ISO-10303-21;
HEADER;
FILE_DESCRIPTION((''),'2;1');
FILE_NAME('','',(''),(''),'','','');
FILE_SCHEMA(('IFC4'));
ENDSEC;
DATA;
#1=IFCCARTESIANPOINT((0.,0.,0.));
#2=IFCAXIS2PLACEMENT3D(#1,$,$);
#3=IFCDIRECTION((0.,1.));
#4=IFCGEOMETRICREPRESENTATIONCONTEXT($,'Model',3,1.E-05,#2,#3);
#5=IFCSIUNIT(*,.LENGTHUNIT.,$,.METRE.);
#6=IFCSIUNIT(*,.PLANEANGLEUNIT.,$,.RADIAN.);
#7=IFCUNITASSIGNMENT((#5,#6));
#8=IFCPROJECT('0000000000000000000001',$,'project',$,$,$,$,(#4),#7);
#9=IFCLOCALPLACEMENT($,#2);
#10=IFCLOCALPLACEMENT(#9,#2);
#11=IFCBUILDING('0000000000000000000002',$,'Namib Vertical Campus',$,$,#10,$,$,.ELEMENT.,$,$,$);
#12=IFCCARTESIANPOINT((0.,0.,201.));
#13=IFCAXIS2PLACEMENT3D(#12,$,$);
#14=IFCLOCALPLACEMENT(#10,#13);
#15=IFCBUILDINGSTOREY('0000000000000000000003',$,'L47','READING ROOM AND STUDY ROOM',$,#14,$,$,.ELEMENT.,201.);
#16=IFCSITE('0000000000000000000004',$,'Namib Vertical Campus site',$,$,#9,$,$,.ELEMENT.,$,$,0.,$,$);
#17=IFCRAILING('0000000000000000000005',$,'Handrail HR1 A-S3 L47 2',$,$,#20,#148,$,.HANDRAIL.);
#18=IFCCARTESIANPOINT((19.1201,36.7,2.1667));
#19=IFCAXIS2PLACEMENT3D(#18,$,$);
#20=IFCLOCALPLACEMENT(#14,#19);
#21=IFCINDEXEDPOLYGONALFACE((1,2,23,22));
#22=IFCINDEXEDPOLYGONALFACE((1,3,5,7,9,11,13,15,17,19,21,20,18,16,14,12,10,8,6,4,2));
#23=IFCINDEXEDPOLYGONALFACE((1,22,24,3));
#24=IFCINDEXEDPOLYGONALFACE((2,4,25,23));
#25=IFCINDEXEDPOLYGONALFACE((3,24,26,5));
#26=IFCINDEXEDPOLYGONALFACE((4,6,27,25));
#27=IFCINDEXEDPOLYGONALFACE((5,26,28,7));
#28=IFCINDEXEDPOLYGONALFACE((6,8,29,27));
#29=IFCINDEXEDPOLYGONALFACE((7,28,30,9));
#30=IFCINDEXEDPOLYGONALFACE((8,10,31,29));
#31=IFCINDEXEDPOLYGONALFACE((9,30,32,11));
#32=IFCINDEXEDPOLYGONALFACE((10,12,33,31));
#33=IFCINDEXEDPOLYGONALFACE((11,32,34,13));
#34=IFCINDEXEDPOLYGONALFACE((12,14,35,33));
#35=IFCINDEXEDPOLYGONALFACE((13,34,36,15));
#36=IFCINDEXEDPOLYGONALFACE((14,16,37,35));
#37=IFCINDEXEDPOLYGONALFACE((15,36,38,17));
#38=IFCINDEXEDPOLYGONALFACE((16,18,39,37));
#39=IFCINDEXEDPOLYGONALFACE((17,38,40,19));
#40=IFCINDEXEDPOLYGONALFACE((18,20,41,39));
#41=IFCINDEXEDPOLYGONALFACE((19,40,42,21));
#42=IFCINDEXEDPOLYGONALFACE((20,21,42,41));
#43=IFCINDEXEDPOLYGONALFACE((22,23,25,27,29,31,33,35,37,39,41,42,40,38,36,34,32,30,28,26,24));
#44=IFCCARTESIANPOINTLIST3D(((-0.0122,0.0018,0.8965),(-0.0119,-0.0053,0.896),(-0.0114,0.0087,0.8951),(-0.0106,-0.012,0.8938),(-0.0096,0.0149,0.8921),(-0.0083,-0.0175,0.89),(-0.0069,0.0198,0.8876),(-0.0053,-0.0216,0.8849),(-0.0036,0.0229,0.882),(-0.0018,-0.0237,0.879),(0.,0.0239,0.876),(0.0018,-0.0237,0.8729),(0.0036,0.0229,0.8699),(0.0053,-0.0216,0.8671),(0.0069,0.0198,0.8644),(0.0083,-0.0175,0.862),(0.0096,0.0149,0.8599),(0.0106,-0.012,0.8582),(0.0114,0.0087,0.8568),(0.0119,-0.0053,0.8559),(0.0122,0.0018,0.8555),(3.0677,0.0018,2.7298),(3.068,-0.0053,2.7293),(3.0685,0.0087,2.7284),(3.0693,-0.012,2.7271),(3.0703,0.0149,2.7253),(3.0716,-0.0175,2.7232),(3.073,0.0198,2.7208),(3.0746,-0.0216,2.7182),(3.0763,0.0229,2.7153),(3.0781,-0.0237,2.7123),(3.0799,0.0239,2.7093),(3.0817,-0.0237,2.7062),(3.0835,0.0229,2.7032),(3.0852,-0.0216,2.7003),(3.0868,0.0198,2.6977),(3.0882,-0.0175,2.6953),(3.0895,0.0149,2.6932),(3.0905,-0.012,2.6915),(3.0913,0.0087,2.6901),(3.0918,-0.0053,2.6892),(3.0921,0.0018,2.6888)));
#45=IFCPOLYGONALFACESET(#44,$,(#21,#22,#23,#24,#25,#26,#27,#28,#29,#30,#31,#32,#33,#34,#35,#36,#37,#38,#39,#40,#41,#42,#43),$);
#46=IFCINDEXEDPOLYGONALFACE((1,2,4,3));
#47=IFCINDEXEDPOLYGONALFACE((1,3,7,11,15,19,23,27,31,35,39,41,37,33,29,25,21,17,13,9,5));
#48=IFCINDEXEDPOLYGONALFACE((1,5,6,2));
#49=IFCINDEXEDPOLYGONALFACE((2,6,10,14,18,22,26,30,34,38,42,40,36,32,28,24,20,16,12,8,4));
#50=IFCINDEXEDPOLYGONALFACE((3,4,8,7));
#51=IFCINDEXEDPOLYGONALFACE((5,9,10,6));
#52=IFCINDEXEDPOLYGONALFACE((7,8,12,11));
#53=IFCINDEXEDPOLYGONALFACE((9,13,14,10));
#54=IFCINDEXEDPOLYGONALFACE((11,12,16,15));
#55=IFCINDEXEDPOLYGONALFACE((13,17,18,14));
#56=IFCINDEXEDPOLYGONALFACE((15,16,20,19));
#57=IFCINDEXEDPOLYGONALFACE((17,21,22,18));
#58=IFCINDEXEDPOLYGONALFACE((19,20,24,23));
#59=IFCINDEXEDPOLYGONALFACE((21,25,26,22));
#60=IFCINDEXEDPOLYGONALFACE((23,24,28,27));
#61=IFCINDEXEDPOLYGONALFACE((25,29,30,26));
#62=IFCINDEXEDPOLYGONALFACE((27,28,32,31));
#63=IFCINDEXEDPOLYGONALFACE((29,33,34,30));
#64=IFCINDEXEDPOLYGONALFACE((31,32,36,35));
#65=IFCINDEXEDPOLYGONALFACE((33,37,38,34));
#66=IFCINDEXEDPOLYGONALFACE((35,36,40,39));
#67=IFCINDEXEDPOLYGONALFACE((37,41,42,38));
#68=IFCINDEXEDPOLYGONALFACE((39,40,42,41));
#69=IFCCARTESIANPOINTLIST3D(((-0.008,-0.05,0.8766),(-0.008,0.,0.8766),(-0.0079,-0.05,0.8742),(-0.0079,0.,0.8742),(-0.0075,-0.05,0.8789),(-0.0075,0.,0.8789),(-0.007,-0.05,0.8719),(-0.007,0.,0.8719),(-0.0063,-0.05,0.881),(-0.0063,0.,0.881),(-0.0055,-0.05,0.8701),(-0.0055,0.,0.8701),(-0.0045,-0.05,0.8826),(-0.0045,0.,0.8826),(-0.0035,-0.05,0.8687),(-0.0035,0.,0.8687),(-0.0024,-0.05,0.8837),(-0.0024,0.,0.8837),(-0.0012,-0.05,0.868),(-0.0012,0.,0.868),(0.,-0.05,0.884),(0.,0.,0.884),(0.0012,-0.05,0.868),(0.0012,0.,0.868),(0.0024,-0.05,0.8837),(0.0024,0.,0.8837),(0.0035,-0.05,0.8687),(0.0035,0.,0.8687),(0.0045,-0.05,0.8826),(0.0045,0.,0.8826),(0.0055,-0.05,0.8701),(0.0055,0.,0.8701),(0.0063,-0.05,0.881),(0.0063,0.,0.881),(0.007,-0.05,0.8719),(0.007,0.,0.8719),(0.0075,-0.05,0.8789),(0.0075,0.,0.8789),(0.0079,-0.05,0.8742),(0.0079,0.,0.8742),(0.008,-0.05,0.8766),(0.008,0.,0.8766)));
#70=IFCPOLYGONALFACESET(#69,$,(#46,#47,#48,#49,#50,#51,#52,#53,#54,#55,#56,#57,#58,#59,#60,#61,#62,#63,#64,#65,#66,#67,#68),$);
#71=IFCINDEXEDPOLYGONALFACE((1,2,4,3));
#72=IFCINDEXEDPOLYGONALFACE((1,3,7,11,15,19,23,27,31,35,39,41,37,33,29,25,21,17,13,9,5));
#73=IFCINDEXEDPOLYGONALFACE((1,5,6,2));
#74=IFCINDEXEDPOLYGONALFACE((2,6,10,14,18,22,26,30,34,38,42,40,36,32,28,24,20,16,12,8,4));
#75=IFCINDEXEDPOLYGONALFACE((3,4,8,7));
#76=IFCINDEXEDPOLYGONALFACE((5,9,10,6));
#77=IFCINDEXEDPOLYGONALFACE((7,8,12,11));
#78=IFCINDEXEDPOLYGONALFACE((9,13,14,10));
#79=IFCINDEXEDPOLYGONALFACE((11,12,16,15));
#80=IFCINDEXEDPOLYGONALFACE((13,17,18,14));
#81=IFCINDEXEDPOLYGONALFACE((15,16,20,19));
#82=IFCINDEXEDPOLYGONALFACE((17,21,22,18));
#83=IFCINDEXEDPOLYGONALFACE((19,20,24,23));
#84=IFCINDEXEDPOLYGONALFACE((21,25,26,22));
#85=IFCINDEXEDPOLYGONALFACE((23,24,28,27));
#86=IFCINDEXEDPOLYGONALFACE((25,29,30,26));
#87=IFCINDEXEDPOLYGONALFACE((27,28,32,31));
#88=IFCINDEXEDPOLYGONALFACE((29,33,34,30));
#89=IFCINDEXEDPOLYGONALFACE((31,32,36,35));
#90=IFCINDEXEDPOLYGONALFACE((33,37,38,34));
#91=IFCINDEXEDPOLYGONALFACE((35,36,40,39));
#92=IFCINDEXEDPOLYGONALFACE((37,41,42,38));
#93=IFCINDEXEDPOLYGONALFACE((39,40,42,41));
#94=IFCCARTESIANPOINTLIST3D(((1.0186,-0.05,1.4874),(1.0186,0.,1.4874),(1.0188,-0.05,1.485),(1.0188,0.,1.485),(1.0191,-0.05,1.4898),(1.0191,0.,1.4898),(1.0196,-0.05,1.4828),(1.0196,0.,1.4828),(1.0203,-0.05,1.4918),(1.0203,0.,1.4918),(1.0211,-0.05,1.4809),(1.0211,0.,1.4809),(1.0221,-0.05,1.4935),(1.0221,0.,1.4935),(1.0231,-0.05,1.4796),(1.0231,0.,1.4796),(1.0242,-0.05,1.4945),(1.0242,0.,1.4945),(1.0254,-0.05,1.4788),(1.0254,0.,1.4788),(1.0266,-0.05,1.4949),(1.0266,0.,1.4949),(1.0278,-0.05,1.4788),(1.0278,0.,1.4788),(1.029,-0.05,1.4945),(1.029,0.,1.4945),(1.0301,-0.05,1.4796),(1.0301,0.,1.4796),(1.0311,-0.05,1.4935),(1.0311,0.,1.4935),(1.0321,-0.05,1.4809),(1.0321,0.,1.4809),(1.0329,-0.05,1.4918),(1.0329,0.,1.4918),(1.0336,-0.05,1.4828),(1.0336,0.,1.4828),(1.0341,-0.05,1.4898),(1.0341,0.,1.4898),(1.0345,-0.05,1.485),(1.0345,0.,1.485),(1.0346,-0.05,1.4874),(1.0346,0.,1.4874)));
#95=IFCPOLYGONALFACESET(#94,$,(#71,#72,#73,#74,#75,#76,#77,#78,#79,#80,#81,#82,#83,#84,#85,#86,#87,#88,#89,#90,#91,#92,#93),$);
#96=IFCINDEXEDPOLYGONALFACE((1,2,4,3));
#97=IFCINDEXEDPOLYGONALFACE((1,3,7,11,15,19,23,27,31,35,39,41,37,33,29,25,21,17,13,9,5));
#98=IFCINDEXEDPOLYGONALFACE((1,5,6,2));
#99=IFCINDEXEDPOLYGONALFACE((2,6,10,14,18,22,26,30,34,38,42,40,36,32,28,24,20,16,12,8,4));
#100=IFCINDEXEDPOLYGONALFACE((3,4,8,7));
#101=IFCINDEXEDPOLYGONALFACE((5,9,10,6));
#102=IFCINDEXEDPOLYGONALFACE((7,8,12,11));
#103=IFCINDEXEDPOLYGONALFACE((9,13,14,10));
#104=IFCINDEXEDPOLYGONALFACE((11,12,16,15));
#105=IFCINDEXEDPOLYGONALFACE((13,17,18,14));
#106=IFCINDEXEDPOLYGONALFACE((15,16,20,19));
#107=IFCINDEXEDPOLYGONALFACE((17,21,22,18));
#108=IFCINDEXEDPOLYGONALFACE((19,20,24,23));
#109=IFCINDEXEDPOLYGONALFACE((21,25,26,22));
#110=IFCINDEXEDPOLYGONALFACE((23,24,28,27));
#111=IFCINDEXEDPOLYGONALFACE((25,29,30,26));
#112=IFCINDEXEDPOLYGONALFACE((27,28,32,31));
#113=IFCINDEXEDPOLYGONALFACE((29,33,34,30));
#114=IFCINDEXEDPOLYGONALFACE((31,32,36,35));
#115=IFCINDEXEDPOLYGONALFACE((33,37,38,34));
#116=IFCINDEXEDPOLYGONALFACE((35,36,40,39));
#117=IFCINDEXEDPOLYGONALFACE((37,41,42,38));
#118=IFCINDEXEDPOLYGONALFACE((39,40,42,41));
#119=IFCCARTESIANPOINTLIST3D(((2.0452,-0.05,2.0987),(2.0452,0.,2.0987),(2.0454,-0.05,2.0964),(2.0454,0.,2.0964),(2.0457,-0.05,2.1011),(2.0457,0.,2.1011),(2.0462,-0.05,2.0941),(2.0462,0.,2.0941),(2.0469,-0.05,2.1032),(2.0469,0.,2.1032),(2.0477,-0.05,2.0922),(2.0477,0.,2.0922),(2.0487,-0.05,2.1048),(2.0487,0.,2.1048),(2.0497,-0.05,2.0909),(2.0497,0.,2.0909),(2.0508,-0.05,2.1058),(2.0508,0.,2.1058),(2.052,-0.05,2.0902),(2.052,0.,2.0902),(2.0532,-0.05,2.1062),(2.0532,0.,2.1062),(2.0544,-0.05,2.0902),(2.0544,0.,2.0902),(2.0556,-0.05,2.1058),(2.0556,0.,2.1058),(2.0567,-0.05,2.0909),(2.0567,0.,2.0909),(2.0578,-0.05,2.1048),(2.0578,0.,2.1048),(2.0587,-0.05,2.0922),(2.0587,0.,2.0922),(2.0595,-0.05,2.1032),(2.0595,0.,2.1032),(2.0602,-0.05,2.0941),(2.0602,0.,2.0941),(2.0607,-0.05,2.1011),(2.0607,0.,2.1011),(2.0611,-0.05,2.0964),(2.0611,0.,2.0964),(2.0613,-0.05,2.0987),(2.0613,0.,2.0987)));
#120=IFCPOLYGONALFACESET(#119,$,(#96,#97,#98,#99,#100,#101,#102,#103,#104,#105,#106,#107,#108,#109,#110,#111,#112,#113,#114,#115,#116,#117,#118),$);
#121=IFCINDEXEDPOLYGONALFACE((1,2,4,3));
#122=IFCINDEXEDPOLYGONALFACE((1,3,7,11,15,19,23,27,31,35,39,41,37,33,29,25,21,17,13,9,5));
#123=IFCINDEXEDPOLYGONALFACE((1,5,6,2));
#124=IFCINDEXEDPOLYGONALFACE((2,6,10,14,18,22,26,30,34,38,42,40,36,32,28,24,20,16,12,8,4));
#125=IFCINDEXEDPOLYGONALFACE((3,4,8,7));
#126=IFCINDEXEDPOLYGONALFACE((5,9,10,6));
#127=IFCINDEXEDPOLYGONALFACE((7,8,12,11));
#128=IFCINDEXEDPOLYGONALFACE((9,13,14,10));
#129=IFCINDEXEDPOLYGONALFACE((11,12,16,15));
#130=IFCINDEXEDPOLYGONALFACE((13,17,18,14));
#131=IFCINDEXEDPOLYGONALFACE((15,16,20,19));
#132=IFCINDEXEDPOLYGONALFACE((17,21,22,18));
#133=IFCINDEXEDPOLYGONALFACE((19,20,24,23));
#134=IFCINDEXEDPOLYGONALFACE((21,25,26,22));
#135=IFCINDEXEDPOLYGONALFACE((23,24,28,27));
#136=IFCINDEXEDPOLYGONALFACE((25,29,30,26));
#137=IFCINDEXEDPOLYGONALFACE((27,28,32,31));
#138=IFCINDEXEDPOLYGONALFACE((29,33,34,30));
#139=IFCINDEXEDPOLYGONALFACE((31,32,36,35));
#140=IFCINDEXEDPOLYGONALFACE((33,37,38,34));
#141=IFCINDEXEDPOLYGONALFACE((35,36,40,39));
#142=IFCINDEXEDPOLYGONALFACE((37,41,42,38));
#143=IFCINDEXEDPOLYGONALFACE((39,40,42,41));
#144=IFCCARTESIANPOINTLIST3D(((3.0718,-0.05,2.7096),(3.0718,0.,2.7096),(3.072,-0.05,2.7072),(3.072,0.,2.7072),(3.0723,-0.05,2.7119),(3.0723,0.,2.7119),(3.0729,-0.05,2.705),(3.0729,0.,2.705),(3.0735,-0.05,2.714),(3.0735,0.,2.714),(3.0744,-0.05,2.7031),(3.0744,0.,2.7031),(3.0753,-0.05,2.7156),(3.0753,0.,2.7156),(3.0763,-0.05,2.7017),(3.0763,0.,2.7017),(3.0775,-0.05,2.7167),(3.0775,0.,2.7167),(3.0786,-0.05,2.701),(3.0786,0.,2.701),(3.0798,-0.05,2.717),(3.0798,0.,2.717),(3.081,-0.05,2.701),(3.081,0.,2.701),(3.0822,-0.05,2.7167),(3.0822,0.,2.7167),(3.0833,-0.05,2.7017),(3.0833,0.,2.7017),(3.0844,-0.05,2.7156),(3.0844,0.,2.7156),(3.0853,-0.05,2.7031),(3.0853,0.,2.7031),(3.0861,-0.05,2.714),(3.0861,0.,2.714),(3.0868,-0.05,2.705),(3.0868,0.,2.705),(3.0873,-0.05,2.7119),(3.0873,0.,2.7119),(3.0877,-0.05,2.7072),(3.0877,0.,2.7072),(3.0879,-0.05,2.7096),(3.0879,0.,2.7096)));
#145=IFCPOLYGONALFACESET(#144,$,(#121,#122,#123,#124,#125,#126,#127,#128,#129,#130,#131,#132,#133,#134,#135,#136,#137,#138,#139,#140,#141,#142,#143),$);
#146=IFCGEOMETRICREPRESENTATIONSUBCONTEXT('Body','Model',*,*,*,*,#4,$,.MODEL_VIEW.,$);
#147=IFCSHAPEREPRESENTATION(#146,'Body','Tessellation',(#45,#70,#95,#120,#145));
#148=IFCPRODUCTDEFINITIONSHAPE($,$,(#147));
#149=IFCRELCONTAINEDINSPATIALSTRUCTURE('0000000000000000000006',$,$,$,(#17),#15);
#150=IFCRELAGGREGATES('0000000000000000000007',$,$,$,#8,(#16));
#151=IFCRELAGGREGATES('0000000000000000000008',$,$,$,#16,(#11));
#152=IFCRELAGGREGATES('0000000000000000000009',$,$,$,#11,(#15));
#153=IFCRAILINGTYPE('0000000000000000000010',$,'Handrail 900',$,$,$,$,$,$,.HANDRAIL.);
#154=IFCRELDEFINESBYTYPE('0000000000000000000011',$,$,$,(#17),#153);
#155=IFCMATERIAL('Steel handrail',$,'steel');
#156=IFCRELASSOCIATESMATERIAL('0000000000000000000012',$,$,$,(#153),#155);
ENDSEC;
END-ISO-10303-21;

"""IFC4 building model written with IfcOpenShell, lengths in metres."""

from ifc_helpers import new_model, si_unit, direction, frame, origin, origin_2d, place, context, subcontext, project, spatial, circle, extrude, material, type_object, element, save


model = new_model("IFC4")

# Units and contexts
model_context = context("Model", 3, precision=1e-05, world=origin(), true_north=direction((0.0, 1.0)))
body_context = subcontext(model_context, "Body", "Model", "MODEL_VIEW")
ifc_project = project(units=[si_unit("LENGTHUNIT", "METRE"), si_unit("PLANEANGLEUNIT", "RADIAN")], contexts=[model_context])

# Site, building, storey
site_placement = place(None, origin())
site = spatial("IfcSite", under=ifc_project, at=site_placement, Name="Namib Vertical Campus site", CompositionType="ELEMENT", RefElevation=0.0)
building_placement = place(site_placement, origin())
building = spatial("IfcBuilding", under=site, at=building_placement, Name="Namib Vertical Campus", CompositionType="ELEMENT")
storey_placement = place(building_placement, frame((0.0, 0.0, 201.0)))
storey = spatial("IfcBuildingStorey", under=building, at=storey_placement, Name="L47", Description="READING ROOM AND STUDY ROOM", CompositionType="ELEMENT", Elevation=201.0)

# Railing
ifc_material_1 = material(Name="Steel handrail", Category="steel")
railing_type_1 = type_object("IfcRailingType", Name="Handrail 900", PredefinedType="HANDRAIL", material=ifc_material_1)
railing_1_placement = place(storey_placement, frame((19.1201, 36.7, 2.1667)))
element("IfcRailing", 1, at=railing_1_placement, inside=storey, type_object=railing_type_1, Name="Handrail HR1 A-S3 L47 2", PredefinedType="HANDRAIL", context=body_context, shape_type="SweptSolid", body=[
    extrude(circle(Radius=0.0239, at=origin_2d()), frame((0.0, 0.0, 0.876), z_axis=(0.859291, 0.0, 0.511487), x_axis=(0.0, 1.0, 0.0)), (0.0, 0.0, 1.0), 3.5842),
    extrude(circle(Radius=0.0081, at=origin_2d()), frame((0.0, 0.0, 0.876), z_axis=(0.0, -1.0, 0.0), x_axis=(0.0, 0.0, 1.0)), (0.0, 0.0, 1.0), 0.05),
    extrude(circle(Radius=0.0081, at=origin_2d()), frame((1.0266, 0.0, 1.4868), z_axis=(0.0, -1.0, 0.0), x_axis=(0.0, 0.0, 1.0)), (0.0, 0.0, 1.0), 0.05),
    extrude(circle(Radius=0.0081, at=origin_2d()), frame((2.0532, 0.0, 2.0981), z_axis=(0.0, -1.0, 0.0), x_axis=(0.0, 0.0, 1.0)), (0.0, 0.0, 1.0), 0.05),
    extrude(circle(Radius=0.0081, at=origin_2d()), frame((3.0798, 0.0, 2.709), z_axis=(0.0, -1.0, 0.0), x_axis=(0.0, 0.0, 1.0)), (0.0, 0.0, 1.0), 0.05),
])

save(model, "model.ifc")
